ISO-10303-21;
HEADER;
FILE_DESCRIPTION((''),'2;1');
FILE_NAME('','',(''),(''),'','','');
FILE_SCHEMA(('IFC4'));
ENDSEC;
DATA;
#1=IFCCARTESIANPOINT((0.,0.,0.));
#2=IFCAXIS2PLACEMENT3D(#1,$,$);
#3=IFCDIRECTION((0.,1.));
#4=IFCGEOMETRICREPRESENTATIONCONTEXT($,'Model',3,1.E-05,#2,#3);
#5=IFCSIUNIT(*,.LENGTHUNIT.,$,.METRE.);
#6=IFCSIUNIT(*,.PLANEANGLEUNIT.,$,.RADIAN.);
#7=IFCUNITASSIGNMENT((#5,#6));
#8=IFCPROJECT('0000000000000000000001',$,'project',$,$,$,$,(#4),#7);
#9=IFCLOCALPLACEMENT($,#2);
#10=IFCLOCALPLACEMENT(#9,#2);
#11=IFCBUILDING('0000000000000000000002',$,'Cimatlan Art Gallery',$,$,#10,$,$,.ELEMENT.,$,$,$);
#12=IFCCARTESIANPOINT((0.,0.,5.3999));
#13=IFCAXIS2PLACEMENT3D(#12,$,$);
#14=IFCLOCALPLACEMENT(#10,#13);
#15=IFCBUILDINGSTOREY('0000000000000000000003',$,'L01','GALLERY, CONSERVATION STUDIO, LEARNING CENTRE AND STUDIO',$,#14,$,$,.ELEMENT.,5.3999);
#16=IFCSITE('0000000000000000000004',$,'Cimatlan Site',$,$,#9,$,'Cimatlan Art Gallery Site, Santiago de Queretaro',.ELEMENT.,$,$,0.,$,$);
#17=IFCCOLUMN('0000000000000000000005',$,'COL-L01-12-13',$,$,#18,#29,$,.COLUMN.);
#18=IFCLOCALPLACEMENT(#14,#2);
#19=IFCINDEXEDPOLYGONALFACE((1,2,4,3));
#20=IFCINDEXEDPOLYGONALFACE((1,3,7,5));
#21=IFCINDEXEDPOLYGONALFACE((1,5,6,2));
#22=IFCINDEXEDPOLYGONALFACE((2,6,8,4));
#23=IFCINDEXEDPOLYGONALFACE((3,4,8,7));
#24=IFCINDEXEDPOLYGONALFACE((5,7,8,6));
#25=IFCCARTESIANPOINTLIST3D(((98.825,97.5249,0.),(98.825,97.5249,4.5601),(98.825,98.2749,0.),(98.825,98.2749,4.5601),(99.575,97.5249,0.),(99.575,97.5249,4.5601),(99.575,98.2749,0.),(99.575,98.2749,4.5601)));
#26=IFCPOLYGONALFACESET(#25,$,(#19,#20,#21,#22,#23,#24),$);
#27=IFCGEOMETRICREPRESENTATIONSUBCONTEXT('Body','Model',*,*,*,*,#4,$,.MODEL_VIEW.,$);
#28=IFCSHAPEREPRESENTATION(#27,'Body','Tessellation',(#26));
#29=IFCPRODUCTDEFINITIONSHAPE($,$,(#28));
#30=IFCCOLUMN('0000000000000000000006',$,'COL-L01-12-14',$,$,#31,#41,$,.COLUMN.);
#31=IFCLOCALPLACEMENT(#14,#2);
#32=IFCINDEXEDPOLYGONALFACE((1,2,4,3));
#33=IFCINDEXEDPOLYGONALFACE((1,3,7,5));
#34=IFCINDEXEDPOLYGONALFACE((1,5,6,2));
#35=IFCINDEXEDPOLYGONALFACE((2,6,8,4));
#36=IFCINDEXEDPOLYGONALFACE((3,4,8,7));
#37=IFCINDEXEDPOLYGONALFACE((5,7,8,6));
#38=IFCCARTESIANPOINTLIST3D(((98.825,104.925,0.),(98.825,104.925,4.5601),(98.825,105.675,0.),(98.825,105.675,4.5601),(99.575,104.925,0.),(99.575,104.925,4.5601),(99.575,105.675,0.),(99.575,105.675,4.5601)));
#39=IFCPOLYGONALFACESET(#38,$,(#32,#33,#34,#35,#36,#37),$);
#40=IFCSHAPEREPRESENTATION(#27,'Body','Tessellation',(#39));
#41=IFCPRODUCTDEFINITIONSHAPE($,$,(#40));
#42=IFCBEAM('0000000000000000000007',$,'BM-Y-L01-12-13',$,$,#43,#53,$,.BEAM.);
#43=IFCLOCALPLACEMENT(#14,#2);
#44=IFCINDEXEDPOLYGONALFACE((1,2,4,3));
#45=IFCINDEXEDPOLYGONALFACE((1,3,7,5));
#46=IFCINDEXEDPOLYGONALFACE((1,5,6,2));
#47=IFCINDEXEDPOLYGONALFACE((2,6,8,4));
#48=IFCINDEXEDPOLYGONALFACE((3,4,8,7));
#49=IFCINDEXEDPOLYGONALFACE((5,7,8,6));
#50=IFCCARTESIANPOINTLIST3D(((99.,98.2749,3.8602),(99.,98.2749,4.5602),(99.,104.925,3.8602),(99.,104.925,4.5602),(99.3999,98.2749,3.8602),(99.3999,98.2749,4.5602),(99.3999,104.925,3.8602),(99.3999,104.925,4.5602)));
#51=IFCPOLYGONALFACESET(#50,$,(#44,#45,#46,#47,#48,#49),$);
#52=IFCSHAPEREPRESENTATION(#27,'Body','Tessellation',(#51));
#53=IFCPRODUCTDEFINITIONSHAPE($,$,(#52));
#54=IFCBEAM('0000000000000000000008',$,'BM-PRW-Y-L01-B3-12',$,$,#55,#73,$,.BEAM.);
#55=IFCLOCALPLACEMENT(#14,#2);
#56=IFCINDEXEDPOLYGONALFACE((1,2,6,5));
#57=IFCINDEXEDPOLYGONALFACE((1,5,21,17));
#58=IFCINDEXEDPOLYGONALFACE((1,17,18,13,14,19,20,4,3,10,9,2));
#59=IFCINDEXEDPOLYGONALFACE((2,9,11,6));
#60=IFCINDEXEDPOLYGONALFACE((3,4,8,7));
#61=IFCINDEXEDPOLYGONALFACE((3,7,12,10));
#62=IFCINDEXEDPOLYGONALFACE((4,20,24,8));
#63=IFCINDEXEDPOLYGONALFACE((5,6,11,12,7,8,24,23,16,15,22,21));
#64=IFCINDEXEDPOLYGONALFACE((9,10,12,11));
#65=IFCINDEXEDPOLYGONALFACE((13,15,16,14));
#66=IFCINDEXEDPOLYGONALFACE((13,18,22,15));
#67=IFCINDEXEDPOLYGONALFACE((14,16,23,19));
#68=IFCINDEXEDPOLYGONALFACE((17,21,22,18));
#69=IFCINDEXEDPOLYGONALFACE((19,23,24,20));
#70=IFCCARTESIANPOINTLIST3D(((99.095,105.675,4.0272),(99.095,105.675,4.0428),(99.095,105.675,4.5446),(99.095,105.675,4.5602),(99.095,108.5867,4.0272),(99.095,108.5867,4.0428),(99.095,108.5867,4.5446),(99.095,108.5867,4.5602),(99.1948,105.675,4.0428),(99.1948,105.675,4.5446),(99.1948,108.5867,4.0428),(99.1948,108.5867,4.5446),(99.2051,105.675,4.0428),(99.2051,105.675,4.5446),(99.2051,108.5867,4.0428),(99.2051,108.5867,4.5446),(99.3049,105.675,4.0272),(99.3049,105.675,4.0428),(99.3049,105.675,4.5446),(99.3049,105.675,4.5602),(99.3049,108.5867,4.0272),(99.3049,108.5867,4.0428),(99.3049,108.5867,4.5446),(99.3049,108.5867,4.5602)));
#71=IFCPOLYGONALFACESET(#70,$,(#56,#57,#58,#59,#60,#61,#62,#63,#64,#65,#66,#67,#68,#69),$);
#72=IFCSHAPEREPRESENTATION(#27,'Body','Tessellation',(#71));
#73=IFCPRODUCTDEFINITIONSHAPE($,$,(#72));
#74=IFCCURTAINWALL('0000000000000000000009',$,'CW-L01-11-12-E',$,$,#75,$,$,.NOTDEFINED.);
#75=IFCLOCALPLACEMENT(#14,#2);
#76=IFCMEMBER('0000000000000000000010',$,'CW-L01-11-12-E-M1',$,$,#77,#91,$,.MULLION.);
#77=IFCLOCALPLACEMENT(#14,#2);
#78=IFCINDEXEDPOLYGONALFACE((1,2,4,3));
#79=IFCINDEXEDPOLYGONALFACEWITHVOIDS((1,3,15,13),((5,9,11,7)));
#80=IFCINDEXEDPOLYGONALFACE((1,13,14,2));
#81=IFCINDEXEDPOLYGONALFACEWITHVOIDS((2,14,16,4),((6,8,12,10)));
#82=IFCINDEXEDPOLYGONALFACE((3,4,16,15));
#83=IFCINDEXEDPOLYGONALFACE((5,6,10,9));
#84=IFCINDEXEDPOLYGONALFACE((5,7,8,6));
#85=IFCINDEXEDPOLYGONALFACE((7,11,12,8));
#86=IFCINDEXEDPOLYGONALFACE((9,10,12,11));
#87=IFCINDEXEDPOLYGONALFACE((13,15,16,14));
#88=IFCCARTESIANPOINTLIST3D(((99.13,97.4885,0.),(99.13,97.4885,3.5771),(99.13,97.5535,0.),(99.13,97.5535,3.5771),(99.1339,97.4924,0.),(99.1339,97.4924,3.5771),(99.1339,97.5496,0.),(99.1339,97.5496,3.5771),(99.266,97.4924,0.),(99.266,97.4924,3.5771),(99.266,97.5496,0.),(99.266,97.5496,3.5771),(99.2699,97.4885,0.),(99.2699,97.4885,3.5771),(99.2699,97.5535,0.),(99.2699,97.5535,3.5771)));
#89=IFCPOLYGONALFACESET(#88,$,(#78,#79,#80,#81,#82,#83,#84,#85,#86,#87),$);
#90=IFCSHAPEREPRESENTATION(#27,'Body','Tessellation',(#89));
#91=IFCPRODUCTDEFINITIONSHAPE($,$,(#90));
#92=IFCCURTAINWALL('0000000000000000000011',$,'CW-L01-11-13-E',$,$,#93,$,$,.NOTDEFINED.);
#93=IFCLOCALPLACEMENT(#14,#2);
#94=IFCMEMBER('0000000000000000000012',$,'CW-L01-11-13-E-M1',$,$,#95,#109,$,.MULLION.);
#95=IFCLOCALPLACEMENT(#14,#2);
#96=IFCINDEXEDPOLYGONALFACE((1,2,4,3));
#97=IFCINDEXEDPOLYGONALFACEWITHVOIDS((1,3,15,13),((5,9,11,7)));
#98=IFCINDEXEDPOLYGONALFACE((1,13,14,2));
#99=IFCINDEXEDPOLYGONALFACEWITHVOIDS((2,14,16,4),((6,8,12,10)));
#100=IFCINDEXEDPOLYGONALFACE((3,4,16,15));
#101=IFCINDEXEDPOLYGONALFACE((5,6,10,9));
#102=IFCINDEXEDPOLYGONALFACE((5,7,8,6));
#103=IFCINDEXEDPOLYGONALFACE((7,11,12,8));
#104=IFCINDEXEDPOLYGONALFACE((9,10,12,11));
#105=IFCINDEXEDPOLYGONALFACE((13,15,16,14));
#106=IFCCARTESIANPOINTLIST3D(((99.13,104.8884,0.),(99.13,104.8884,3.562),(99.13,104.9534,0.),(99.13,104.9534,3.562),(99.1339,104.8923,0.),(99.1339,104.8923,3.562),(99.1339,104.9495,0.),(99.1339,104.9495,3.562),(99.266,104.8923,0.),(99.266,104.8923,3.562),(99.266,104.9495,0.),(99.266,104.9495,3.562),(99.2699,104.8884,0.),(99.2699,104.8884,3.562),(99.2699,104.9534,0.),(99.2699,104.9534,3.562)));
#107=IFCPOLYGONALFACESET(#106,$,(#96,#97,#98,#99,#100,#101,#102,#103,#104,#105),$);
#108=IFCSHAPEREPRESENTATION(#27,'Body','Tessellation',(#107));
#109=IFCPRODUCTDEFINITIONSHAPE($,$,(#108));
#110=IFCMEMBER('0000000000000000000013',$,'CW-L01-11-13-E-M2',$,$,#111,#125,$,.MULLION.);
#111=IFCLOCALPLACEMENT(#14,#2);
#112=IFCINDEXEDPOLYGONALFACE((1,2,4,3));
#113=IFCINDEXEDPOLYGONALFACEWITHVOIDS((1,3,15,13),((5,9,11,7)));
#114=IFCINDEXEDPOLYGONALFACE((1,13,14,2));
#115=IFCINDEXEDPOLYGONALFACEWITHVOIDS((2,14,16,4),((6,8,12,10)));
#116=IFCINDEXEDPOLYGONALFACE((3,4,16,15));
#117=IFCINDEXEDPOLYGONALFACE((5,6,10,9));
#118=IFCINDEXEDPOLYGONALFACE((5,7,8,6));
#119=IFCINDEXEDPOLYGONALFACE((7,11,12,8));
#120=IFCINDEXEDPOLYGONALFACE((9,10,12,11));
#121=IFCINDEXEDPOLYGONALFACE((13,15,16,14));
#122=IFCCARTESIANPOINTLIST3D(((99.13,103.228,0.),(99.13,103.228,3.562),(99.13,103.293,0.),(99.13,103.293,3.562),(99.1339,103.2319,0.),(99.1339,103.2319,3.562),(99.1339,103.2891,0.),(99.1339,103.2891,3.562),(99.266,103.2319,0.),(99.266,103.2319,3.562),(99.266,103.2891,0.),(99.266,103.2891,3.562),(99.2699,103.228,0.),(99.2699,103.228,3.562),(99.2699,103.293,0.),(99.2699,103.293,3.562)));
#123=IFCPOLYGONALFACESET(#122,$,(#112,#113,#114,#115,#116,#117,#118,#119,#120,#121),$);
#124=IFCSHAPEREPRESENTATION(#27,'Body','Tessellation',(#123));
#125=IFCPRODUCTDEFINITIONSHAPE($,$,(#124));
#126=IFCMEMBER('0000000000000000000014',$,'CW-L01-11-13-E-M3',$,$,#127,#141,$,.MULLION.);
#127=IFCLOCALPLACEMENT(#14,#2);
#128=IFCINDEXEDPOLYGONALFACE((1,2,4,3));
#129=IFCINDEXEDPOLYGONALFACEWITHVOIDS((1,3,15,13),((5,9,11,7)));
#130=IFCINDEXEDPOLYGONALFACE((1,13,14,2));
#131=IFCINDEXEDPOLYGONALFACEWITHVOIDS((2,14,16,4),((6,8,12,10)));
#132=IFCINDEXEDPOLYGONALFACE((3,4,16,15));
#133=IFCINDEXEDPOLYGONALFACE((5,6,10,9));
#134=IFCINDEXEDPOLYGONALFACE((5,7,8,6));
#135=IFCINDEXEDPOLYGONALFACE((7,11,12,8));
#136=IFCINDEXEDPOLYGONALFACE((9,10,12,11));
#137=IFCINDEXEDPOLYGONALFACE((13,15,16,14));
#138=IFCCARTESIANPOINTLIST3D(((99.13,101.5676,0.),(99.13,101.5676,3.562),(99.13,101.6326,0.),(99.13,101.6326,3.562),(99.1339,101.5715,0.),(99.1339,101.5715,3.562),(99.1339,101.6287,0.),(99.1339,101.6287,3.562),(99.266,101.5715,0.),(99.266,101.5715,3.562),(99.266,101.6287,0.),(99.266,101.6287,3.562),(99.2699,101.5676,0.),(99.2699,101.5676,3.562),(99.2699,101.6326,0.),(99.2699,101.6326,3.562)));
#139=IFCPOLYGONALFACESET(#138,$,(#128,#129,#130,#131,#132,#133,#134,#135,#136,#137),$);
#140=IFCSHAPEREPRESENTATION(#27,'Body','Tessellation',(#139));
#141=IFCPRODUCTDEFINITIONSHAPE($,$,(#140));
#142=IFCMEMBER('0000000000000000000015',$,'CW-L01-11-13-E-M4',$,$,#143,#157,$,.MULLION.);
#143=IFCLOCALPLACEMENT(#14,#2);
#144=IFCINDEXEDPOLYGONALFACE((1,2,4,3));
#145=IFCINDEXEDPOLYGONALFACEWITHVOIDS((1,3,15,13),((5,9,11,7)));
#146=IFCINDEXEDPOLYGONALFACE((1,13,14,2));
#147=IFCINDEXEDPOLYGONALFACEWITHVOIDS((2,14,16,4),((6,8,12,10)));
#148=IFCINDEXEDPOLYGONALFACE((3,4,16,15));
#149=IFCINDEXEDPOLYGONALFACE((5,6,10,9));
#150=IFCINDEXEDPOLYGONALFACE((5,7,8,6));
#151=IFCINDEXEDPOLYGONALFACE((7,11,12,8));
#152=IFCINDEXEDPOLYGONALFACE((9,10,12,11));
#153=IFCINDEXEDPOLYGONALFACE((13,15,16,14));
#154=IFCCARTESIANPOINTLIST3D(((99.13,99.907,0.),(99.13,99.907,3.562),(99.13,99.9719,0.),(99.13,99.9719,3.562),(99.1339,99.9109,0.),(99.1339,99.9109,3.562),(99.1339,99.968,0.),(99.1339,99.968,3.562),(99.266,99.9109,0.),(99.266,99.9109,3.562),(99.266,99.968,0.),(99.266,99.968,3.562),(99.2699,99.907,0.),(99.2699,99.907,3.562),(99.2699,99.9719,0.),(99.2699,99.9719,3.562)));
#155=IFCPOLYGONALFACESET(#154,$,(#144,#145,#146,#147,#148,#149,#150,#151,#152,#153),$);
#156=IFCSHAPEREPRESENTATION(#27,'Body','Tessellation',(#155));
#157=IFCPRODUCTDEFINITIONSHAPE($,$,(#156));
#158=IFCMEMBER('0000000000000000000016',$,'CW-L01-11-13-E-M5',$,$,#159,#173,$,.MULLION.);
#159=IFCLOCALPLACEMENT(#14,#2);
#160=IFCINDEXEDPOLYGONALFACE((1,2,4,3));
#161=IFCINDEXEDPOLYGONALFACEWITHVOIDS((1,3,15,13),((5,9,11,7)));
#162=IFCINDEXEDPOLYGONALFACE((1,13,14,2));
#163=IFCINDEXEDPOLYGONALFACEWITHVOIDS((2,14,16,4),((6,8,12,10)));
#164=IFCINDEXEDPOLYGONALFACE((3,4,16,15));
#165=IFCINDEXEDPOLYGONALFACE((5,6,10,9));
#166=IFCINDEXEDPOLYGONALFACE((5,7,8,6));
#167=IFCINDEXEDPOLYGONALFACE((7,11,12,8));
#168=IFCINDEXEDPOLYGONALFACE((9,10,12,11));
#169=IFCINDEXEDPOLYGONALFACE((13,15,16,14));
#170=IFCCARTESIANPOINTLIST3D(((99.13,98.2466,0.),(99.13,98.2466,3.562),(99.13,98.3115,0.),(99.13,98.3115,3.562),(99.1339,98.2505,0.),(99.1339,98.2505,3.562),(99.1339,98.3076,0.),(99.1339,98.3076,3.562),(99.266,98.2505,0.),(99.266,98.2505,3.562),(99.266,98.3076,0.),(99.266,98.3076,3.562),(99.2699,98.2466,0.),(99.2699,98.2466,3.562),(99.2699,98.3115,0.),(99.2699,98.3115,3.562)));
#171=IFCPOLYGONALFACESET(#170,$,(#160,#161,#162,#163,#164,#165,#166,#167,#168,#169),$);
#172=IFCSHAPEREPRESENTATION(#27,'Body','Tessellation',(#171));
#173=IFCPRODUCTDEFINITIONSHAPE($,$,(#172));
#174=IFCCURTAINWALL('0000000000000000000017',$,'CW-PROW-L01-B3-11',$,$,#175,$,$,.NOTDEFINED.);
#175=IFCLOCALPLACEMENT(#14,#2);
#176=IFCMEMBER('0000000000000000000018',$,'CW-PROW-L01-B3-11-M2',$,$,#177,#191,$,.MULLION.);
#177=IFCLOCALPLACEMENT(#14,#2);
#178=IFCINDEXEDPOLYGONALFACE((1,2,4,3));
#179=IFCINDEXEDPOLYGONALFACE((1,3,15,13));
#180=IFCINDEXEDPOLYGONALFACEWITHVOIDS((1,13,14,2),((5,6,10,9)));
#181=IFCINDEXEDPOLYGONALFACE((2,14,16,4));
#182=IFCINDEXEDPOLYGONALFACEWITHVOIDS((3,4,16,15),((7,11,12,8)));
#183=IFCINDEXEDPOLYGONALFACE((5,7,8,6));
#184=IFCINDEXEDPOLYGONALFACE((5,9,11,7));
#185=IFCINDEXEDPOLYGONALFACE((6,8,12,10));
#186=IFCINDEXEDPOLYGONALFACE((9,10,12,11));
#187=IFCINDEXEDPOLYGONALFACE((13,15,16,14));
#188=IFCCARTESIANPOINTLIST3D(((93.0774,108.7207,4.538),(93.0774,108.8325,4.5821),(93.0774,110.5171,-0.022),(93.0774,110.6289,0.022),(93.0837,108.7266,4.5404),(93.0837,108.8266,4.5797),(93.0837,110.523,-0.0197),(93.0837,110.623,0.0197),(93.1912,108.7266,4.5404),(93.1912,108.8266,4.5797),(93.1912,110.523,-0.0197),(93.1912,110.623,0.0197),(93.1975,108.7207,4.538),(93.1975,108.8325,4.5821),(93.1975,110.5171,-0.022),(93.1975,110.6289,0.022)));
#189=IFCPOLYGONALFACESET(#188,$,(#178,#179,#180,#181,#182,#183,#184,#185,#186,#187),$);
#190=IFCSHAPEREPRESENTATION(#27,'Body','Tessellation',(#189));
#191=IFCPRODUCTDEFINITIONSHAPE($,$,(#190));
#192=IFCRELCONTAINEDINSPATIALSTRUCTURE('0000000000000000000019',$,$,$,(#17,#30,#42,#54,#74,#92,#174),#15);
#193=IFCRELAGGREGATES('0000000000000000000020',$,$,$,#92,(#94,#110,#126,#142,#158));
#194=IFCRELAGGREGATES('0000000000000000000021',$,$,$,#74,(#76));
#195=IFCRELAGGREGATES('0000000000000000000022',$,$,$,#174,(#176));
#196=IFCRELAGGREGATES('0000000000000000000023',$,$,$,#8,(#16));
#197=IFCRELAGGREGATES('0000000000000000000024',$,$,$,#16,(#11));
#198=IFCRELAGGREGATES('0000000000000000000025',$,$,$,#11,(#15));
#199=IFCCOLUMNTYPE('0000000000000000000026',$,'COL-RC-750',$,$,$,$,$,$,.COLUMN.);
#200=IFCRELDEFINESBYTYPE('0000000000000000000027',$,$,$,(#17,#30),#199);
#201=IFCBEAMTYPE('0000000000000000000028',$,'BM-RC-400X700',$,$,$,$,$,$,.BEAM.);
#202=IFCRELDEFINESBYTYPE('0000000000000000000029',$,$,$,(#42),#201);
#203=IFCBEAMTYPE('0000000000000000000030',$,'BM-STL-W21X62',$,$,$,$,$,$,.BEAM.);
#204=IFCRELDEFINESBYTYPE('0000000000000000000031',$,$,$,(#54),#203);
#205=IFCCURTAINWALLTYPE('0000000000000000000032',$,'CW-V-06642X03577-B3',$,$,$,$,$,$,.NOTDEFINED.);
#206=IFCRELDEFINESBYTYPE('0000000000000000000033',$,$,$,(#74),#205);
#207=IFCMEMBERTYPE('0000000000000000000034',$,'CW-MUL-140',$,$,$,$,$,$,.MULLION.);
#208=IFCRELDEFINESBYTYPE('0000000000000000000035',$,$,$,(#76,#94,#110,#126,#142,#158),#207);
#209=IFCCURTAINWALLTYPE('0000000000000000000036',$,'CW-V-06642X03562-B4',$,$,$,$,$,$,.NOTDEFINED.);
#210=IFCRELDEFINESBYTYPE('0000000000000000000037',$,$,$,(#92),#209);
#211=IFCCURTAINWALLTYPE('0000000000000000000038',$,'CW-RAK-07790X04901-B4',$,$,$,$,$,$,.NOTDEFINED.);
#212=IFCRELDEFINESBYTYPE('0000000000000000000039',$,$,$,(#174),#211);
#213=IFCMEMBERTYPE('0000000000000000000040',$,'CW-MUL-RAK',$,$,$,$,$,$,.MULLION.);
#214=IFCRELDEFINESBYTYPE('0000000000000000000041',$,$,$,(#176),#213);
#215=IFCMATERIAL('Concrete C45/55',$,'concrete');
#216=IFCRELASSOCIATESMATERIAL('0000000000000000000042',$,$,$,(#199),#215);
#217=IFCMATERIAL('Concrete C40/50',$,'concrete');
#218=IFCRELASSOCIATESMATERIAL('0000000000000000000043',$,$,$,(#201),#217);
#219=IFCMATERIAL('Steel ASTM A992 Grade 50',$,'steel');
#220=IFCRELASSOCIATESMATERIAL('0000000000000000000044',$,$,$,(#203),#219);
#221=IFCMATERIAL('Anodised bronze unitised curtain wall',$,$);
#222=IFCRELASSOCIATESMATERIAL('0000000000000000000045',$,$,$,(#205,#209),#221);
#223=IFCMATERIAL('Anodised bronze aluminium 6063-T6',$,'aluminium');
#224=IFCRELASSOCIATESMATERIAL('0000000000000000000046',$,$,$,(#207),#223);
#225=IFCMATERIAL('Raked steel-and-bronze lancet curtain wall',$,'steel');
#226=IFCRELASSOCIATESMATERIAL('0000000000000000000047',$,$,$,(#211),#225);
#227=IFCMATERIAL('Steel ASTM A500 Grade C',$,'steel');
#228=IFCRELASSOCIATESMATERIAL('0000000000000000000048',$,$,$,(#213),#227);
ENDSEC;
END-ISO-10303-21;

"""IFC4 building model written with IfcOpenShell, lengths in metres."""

from ifc_helpers import new_model, si_unit, direction, frame, origin, origin_2d, place, context, subcontext, project, spatial, rectangle, hollow_rectangle, i_section, extrude, material, material_profile, profile_set, type_object, element, aggregate, save


model = new_model("IFC4")

# Units and contexts
model_context = context("Model", 3, precision=1e-05, world=origin(), true_north=direction((0.0, 1.0)))
body_context = subcontext(model_context, "Body", "Model", "MODEL_VIEW")
ifc_project = project(units=[si_unit("LENGTHUNIT", "METRE"), si_unit("PLANEANGLEUNIT", "RADIAN")], contexts=[model_context])

# Site, building, storey
site_placement = place(None, origin())
site = spatial("IfcSite", under=ifc_project, at=site_placement, Name="Cimatlan Site", LongName="Cimatlan Art Gallery Site, Santiago de Queretaro", CompositionType="ELEMENT", RefElevation=0.0)
building_placement = place(site_placement, origin())
building = spatial("IfcBuilding", under=site, at=building_placement, Name="Cimatlan Art Gallery", CompositionType="ELEMENT")
storey_placement = place(building_placement, frame((0.0, 0.0, 5.3999)))
storey = spatial("IfcBuildingStorey", under=building, at=storey_placement, Name="L01", Description="GALLERY, CONSERVATION STUDIO, LEARNING CENTRE AND STUDIO", CompositionType="ELEMENT", Elevation=5.3999)

# Columns
ifc_material_1 = material(Name="Concrete C45/55", Category="concrete")
ifc_material_profile_1 = material_profile(ifc_material_1, rectangle(XDim=0.75, YDim=0.75, at=origin_2d()), Name="RC750X750")
ifc_profile_set_1 = profile_set([ifc_material_profile_1], Name="Concrete C45/55")
column_type = type_object("IfcColumnType", Name="COL-RC-750", PredefinedType="COLUMN", material=ifc_profile_set_1)
for number, where, z_axis, x_axis, name in (
    (1, (99.2, 97.8999, 0.0), (0.0, 0.0, 1.0), (1.0, 0.0, 0.0), "COL-L01-12-13"),
    (2, (99.2, 105.3, 0.0), (0.0, 0.0, 1.0), (1.0, 0.0, 0.0), "COL-L01-12-14"),
):
    element("IfcColumn", number, at=place(storey_placement, frame(where, z_axis=z_axis, x_axis=x_axis)), inside=storey, type_object=column_type, Name=name, PredefinedType="COLUMN", context=body_context, shape_type="SweptSolid", body=[
        extrude(rectangle(XDim=0.75, YDim=0.75, at=origin_2d()), origin(), (0.0, 0.0, 1.0), 4.5601),
    ])

# Beams
ifc_material_2 = material(Name="Concrete C40/50", Category="concrete")
ifc_material_profile_2 = material_profile(ifc_material_2, rectangle(XDim=0.3999, YDim=0.7, at=origin_2d()), Name="RC400X700")
ifc_profile_set_2 = profile_set([ifc_material_profile_2], Name="Concrete C40/50")
beam_type_1 = type_object("IfcBeamType", Name="BM-RC-400X700", PredefinedType="BEAM", material=ifc_profile_set_2)
beam_1_placement = place(storey_placement, frame((99.2, 98.2749, 4.2102), z_axis=(0.0, 1.0, 0.0), x_axis=(-1.0, 0.0, 0.0)))
element("IfcBeam", 3, at=beam_1_placement, inside=storey, type_object=beam_type_1, Name="BM-Y-L01-12-13", PredefinedType="BEAM", context=body_context, shape_type="SweptSolid", body=[
    extrude(rectangle(XDim=0.3999, YDim=0.7, at=origin_2d()), origin(), (0.0, 0.0, 1.0), 6.6501),
])
ifc_material_3 = material(Name="Steel ASTM A992 Grade 50", Category="steel")
ifc_material_profile_3 = material_profile(ifc_material_3, i_section(OverallWidth=0.21, OverallDepth=0.533, WebThickness=0.0103, FlangeThickness=0.0156, at=origin_2d()), Name="W21X62")
ifc_profile_set_3 = profile_set([ifc_material_profile_3], Name="Steel ASTM A992 Grade 50")
beam_type_2 = type_object("IfcBeamType", Name="BM-STL-W21X62", PredefinedType="BEAM", material=ifc_profile_set_3)
beam_2_placement = place(storey_placement, frame((99.2, 105.675, 4.2937), z_axis=(0.0, 1.0, 0.0), x_axis=(-1.0, 0.0, 0.0)))
element("IfcBeam", 4, at=beam_2_placement, inside=storey, type_object=beam_type_2, Name="BM-PRW-Y-L01-B3-12", PredefinedType="BEAM", context=body_context, shape_type="SweptSolid", body=[
    extrude(i_section(OverallWidth=0.21, OverallDepth=0.533, WebThickness=0.0103, FlangeThickness=0.0156, at=origin_2d()), origin(), (0.0, 0.0, 1.0), 2.9116),
])

# Curtain wall, member
ifc_material_4 = material(Name="Anodised bronze unitised curtain wall")
curtain_wall_type_1 = type_object("IfcCurtainWallType", Name="CW-V-06642X03577-B3", PredefinedType="NOTDEFINED", material=ifc_material_4)
curtain_wall_1_placement = place(storey_placement, origin())
curtain_wall_1 = element("IfcCurtainWall", 5, at=curtain_wall_1_placement, inside=storey, type_object=curtain_wall_type_1, Name="CW-L01-11-12-E", PredefinedType="NOTDEFINED")
ifc_material_5 = material(Name="Anodised bronze aluminium 6063-T6", Category="aluminium")
ifc_material_profile_4 = material_profile(ifc_material_5, hollow_rectangle(XDim=0.0649, YDim=0.1399, WallThickness=0.0039, at=origin_2d()), Name="ALU65X140X4")
ifc_profile_set_4 = profile_set([ifc_material_profile_4], Name="Anodised bronze aluminium 6063-T6")
member_type_1 = type_object("IfcMemberType", Name="CW-MUL-140", PredefinedType="MULLION", material=ifc_profile_set_4)
member_1_placement = place(storey_placement, frame((99.2, 97.521, 0.0), z_axis=(0.0, 0.0, 1.0), x_axis=(0.0, 1.0, 0.0)))
member_1 = element("IfcMember", 6, at=member_1_placement, type_object=member_type_1, Name="CW-L01-11-12-E-M1", PredefinedType="MULLION", context=body_context, shape_type="SweptSolid", body=[
    extrude(hollow_rectangle(XDim=0.0649, YDim=0.1399, WallThickness=0.0039, at=origin_2d()), origin(), (0.0, 0.0, 1.0), 3.5771),
])

# Curtain walls, members
curtain_wall_type_2 = type_object("IfcCurtainWallType", Name="CW-V-06642X03562-B4", PredefinedType="NOTDEFINED", material=ifc_material_4)
curtain_wall_2_placement = place(storey_placement, origin())
curtain_wall_2 = element("IfcCurtainWall", 7, at=curtain_wall_2_placement, inside=storey, type_object=curtain_wall_type_2, Name="CW-L01-11-13-E", PredefinedType="NOTDEFINED")
member_2_placement = place(storey_placement, frame((99.2, 104.9209, 0.0), z_axis=(0.0, 0.0, 1.0), x_axis=(0.0, 1.0, 0.0)))
member_2 = element("IfcMember", 8, at=member_2_placement, type_object=member_type_1, Name="CW-L01-11-13-E-M1", PredefinedType="MULLION", context=body_context, shape_type="SweptSolid", body=[
    extrude(hollow_rectangle(XDim=0.0649, YDim=0.1399, WallThickness=0.0039, at=origin_2d()), origin(), (0.0, 0.0, 1.0), 3.562),
])
member_3_placement = place(storey_placement, frame((99.2, 103.2605, 0.0), z_axis=(0.0, 0.0, 1.0), x_axis=(0.0, 1.0, 0.0)))
member_3 = element("IfcMember", 9, at=member_3_placement, type_object=member_type_1, Name="CW-L01-11-13-E-M2", PredefinedType="MULLION", context=body_context, shape_type="SweptSolid", body=[
    extrude(hollow_rectangle(XDim=0.0649, YDim=0.1399, WallThickness=0.0039, at=origin_2d()), origin(), (0.0, 0.0, 1.0), 3.562),
])
member_4_placement = place(storey_placement, frame((99.2, 101.6001, 0.0), z_axis=(0.0, 0.0, 1.0), x_axis=(0.0, 1.0, 0.0)))
member_4 = element("IfcMember", 10, at=member_4_placement, type_object=member_type_1, Name="CW-L01-11-13-E-M3", PredefinedType="MULLION", context=body_context, shape_type="SweptSolid", body=[
    extrude(hollow_rectangle(XDim=0.0649, YDim=0.1399, WallThickness=0.0039, at=origin_2d()), origin(), (0.0, 0.0, 1.0), 3.562),
])
member_5_placement = place(storey_placement, frame((99.2, 99.9395, 0.0), z_axis=(0.0, 0.0, 1.0), x_axis=(0.0, 1.0, 0.0)))
member_5 = element("IfcMember", 11, at=member_5_placement, type_object=member_type_1, Name="CW-L01-11-13-E-M4", PredefinedType="MULLION", context=body_context, shape_type="SweptSolid", body=[
    extrude(hollow_rectangle(XDim=0.0649, YDim=0.1399, WallThickness=0.0039, at=origin_2d()), origin(), (0.0, 0.0, 1.0), 3.562),
])
member_6_placement = place(storey_placement, frame((99.2, 98.2791, 0.0), z_axis=(0.0, 0.0, 1.0), x_axis=(0.0, 1.0, 0.0)))
member_6 = element("IfcMember", 12, at=member_6_placement, type_object=member_type_1, Name="CW-L01-11-13-E-M5", PredefinedType="MULLION", context=body_context, shape_type="SweptSolid", body=[
    extrude(hollow_rectangle(XDim=0.0649, YDim=0.1399, WallThickness=0.0039, at=origin_2d()), origin(), (0.0, 0.0, 1.0), 3.562),
])
ifc_material_6 = material(Name="Raked steel-and-bronze lancet curtain wall", Category="steel")
curtain_wall_type_3 = type_object("IfcCurtainWallType", Name="CW-RAK-07790X04901-B4", PredefinedType="NOTDEFINED", material=ifc_material_6)
curtain_wall_3_placement = place(storey_placement, origin())
curtain_wall_3 = element("IfcCurtainWall", 13, at=curtain_wall_3_placement, inside=storey, type_object=curtain_wall_type_3, Name="CW-PROW-L01-B3-11", PredefinedType="NOTDEFINED")
ifc_material_7 = material(Name="Steel ASTM A500 Grade C", Category="steel")
ifc_material_profile_5 = material_profile(ifc_material_7, hollow_rectangle(XDim=0.1201, YDim=0.1201, WallThickness=0.0063, at=origin_2d()), Name="HSS120X120X6")
ifc_profile_set_5 = profile_set([ifc_material_profile_5], Name="Steel ASTM A500 Grade C")
member_type_2 = type_object("IfcMemberType", Name="CW-MUL-RAK", PredefinedType="MULLION", material=ifc_profile_set_5)
member_7_placement = place(storey_placement, frame((93.1375, 110.573, 0.0), z_axis=(0.0, -0.366525, 0.930408), x_axis=(1.0, 0.0, 0.0)))
member_7 = element("IfcMember", 14, at=member_7_placement, type_object=member_type_2, Name="CW-PROW-L01-B3-11-M2", PredefinedType="MULLION", context=body_context, shape_type="SweptSolid", body=[
    extrude(hollow_rectangle(XDim=0.1201, YDim=0.1201, WallThickness=0.0063, at=origin_2d()), origin(), (0.0, 0.0, 1.0), 4.9011),
])

aggregate(curtain_wall_2, [member_2, member_3, member_4, member_5, member_6])
aggregate(curtain_wall_1, [member_1])
aggregate(curtain_wall_3, [member_7])

save(model, "model.ifc")
